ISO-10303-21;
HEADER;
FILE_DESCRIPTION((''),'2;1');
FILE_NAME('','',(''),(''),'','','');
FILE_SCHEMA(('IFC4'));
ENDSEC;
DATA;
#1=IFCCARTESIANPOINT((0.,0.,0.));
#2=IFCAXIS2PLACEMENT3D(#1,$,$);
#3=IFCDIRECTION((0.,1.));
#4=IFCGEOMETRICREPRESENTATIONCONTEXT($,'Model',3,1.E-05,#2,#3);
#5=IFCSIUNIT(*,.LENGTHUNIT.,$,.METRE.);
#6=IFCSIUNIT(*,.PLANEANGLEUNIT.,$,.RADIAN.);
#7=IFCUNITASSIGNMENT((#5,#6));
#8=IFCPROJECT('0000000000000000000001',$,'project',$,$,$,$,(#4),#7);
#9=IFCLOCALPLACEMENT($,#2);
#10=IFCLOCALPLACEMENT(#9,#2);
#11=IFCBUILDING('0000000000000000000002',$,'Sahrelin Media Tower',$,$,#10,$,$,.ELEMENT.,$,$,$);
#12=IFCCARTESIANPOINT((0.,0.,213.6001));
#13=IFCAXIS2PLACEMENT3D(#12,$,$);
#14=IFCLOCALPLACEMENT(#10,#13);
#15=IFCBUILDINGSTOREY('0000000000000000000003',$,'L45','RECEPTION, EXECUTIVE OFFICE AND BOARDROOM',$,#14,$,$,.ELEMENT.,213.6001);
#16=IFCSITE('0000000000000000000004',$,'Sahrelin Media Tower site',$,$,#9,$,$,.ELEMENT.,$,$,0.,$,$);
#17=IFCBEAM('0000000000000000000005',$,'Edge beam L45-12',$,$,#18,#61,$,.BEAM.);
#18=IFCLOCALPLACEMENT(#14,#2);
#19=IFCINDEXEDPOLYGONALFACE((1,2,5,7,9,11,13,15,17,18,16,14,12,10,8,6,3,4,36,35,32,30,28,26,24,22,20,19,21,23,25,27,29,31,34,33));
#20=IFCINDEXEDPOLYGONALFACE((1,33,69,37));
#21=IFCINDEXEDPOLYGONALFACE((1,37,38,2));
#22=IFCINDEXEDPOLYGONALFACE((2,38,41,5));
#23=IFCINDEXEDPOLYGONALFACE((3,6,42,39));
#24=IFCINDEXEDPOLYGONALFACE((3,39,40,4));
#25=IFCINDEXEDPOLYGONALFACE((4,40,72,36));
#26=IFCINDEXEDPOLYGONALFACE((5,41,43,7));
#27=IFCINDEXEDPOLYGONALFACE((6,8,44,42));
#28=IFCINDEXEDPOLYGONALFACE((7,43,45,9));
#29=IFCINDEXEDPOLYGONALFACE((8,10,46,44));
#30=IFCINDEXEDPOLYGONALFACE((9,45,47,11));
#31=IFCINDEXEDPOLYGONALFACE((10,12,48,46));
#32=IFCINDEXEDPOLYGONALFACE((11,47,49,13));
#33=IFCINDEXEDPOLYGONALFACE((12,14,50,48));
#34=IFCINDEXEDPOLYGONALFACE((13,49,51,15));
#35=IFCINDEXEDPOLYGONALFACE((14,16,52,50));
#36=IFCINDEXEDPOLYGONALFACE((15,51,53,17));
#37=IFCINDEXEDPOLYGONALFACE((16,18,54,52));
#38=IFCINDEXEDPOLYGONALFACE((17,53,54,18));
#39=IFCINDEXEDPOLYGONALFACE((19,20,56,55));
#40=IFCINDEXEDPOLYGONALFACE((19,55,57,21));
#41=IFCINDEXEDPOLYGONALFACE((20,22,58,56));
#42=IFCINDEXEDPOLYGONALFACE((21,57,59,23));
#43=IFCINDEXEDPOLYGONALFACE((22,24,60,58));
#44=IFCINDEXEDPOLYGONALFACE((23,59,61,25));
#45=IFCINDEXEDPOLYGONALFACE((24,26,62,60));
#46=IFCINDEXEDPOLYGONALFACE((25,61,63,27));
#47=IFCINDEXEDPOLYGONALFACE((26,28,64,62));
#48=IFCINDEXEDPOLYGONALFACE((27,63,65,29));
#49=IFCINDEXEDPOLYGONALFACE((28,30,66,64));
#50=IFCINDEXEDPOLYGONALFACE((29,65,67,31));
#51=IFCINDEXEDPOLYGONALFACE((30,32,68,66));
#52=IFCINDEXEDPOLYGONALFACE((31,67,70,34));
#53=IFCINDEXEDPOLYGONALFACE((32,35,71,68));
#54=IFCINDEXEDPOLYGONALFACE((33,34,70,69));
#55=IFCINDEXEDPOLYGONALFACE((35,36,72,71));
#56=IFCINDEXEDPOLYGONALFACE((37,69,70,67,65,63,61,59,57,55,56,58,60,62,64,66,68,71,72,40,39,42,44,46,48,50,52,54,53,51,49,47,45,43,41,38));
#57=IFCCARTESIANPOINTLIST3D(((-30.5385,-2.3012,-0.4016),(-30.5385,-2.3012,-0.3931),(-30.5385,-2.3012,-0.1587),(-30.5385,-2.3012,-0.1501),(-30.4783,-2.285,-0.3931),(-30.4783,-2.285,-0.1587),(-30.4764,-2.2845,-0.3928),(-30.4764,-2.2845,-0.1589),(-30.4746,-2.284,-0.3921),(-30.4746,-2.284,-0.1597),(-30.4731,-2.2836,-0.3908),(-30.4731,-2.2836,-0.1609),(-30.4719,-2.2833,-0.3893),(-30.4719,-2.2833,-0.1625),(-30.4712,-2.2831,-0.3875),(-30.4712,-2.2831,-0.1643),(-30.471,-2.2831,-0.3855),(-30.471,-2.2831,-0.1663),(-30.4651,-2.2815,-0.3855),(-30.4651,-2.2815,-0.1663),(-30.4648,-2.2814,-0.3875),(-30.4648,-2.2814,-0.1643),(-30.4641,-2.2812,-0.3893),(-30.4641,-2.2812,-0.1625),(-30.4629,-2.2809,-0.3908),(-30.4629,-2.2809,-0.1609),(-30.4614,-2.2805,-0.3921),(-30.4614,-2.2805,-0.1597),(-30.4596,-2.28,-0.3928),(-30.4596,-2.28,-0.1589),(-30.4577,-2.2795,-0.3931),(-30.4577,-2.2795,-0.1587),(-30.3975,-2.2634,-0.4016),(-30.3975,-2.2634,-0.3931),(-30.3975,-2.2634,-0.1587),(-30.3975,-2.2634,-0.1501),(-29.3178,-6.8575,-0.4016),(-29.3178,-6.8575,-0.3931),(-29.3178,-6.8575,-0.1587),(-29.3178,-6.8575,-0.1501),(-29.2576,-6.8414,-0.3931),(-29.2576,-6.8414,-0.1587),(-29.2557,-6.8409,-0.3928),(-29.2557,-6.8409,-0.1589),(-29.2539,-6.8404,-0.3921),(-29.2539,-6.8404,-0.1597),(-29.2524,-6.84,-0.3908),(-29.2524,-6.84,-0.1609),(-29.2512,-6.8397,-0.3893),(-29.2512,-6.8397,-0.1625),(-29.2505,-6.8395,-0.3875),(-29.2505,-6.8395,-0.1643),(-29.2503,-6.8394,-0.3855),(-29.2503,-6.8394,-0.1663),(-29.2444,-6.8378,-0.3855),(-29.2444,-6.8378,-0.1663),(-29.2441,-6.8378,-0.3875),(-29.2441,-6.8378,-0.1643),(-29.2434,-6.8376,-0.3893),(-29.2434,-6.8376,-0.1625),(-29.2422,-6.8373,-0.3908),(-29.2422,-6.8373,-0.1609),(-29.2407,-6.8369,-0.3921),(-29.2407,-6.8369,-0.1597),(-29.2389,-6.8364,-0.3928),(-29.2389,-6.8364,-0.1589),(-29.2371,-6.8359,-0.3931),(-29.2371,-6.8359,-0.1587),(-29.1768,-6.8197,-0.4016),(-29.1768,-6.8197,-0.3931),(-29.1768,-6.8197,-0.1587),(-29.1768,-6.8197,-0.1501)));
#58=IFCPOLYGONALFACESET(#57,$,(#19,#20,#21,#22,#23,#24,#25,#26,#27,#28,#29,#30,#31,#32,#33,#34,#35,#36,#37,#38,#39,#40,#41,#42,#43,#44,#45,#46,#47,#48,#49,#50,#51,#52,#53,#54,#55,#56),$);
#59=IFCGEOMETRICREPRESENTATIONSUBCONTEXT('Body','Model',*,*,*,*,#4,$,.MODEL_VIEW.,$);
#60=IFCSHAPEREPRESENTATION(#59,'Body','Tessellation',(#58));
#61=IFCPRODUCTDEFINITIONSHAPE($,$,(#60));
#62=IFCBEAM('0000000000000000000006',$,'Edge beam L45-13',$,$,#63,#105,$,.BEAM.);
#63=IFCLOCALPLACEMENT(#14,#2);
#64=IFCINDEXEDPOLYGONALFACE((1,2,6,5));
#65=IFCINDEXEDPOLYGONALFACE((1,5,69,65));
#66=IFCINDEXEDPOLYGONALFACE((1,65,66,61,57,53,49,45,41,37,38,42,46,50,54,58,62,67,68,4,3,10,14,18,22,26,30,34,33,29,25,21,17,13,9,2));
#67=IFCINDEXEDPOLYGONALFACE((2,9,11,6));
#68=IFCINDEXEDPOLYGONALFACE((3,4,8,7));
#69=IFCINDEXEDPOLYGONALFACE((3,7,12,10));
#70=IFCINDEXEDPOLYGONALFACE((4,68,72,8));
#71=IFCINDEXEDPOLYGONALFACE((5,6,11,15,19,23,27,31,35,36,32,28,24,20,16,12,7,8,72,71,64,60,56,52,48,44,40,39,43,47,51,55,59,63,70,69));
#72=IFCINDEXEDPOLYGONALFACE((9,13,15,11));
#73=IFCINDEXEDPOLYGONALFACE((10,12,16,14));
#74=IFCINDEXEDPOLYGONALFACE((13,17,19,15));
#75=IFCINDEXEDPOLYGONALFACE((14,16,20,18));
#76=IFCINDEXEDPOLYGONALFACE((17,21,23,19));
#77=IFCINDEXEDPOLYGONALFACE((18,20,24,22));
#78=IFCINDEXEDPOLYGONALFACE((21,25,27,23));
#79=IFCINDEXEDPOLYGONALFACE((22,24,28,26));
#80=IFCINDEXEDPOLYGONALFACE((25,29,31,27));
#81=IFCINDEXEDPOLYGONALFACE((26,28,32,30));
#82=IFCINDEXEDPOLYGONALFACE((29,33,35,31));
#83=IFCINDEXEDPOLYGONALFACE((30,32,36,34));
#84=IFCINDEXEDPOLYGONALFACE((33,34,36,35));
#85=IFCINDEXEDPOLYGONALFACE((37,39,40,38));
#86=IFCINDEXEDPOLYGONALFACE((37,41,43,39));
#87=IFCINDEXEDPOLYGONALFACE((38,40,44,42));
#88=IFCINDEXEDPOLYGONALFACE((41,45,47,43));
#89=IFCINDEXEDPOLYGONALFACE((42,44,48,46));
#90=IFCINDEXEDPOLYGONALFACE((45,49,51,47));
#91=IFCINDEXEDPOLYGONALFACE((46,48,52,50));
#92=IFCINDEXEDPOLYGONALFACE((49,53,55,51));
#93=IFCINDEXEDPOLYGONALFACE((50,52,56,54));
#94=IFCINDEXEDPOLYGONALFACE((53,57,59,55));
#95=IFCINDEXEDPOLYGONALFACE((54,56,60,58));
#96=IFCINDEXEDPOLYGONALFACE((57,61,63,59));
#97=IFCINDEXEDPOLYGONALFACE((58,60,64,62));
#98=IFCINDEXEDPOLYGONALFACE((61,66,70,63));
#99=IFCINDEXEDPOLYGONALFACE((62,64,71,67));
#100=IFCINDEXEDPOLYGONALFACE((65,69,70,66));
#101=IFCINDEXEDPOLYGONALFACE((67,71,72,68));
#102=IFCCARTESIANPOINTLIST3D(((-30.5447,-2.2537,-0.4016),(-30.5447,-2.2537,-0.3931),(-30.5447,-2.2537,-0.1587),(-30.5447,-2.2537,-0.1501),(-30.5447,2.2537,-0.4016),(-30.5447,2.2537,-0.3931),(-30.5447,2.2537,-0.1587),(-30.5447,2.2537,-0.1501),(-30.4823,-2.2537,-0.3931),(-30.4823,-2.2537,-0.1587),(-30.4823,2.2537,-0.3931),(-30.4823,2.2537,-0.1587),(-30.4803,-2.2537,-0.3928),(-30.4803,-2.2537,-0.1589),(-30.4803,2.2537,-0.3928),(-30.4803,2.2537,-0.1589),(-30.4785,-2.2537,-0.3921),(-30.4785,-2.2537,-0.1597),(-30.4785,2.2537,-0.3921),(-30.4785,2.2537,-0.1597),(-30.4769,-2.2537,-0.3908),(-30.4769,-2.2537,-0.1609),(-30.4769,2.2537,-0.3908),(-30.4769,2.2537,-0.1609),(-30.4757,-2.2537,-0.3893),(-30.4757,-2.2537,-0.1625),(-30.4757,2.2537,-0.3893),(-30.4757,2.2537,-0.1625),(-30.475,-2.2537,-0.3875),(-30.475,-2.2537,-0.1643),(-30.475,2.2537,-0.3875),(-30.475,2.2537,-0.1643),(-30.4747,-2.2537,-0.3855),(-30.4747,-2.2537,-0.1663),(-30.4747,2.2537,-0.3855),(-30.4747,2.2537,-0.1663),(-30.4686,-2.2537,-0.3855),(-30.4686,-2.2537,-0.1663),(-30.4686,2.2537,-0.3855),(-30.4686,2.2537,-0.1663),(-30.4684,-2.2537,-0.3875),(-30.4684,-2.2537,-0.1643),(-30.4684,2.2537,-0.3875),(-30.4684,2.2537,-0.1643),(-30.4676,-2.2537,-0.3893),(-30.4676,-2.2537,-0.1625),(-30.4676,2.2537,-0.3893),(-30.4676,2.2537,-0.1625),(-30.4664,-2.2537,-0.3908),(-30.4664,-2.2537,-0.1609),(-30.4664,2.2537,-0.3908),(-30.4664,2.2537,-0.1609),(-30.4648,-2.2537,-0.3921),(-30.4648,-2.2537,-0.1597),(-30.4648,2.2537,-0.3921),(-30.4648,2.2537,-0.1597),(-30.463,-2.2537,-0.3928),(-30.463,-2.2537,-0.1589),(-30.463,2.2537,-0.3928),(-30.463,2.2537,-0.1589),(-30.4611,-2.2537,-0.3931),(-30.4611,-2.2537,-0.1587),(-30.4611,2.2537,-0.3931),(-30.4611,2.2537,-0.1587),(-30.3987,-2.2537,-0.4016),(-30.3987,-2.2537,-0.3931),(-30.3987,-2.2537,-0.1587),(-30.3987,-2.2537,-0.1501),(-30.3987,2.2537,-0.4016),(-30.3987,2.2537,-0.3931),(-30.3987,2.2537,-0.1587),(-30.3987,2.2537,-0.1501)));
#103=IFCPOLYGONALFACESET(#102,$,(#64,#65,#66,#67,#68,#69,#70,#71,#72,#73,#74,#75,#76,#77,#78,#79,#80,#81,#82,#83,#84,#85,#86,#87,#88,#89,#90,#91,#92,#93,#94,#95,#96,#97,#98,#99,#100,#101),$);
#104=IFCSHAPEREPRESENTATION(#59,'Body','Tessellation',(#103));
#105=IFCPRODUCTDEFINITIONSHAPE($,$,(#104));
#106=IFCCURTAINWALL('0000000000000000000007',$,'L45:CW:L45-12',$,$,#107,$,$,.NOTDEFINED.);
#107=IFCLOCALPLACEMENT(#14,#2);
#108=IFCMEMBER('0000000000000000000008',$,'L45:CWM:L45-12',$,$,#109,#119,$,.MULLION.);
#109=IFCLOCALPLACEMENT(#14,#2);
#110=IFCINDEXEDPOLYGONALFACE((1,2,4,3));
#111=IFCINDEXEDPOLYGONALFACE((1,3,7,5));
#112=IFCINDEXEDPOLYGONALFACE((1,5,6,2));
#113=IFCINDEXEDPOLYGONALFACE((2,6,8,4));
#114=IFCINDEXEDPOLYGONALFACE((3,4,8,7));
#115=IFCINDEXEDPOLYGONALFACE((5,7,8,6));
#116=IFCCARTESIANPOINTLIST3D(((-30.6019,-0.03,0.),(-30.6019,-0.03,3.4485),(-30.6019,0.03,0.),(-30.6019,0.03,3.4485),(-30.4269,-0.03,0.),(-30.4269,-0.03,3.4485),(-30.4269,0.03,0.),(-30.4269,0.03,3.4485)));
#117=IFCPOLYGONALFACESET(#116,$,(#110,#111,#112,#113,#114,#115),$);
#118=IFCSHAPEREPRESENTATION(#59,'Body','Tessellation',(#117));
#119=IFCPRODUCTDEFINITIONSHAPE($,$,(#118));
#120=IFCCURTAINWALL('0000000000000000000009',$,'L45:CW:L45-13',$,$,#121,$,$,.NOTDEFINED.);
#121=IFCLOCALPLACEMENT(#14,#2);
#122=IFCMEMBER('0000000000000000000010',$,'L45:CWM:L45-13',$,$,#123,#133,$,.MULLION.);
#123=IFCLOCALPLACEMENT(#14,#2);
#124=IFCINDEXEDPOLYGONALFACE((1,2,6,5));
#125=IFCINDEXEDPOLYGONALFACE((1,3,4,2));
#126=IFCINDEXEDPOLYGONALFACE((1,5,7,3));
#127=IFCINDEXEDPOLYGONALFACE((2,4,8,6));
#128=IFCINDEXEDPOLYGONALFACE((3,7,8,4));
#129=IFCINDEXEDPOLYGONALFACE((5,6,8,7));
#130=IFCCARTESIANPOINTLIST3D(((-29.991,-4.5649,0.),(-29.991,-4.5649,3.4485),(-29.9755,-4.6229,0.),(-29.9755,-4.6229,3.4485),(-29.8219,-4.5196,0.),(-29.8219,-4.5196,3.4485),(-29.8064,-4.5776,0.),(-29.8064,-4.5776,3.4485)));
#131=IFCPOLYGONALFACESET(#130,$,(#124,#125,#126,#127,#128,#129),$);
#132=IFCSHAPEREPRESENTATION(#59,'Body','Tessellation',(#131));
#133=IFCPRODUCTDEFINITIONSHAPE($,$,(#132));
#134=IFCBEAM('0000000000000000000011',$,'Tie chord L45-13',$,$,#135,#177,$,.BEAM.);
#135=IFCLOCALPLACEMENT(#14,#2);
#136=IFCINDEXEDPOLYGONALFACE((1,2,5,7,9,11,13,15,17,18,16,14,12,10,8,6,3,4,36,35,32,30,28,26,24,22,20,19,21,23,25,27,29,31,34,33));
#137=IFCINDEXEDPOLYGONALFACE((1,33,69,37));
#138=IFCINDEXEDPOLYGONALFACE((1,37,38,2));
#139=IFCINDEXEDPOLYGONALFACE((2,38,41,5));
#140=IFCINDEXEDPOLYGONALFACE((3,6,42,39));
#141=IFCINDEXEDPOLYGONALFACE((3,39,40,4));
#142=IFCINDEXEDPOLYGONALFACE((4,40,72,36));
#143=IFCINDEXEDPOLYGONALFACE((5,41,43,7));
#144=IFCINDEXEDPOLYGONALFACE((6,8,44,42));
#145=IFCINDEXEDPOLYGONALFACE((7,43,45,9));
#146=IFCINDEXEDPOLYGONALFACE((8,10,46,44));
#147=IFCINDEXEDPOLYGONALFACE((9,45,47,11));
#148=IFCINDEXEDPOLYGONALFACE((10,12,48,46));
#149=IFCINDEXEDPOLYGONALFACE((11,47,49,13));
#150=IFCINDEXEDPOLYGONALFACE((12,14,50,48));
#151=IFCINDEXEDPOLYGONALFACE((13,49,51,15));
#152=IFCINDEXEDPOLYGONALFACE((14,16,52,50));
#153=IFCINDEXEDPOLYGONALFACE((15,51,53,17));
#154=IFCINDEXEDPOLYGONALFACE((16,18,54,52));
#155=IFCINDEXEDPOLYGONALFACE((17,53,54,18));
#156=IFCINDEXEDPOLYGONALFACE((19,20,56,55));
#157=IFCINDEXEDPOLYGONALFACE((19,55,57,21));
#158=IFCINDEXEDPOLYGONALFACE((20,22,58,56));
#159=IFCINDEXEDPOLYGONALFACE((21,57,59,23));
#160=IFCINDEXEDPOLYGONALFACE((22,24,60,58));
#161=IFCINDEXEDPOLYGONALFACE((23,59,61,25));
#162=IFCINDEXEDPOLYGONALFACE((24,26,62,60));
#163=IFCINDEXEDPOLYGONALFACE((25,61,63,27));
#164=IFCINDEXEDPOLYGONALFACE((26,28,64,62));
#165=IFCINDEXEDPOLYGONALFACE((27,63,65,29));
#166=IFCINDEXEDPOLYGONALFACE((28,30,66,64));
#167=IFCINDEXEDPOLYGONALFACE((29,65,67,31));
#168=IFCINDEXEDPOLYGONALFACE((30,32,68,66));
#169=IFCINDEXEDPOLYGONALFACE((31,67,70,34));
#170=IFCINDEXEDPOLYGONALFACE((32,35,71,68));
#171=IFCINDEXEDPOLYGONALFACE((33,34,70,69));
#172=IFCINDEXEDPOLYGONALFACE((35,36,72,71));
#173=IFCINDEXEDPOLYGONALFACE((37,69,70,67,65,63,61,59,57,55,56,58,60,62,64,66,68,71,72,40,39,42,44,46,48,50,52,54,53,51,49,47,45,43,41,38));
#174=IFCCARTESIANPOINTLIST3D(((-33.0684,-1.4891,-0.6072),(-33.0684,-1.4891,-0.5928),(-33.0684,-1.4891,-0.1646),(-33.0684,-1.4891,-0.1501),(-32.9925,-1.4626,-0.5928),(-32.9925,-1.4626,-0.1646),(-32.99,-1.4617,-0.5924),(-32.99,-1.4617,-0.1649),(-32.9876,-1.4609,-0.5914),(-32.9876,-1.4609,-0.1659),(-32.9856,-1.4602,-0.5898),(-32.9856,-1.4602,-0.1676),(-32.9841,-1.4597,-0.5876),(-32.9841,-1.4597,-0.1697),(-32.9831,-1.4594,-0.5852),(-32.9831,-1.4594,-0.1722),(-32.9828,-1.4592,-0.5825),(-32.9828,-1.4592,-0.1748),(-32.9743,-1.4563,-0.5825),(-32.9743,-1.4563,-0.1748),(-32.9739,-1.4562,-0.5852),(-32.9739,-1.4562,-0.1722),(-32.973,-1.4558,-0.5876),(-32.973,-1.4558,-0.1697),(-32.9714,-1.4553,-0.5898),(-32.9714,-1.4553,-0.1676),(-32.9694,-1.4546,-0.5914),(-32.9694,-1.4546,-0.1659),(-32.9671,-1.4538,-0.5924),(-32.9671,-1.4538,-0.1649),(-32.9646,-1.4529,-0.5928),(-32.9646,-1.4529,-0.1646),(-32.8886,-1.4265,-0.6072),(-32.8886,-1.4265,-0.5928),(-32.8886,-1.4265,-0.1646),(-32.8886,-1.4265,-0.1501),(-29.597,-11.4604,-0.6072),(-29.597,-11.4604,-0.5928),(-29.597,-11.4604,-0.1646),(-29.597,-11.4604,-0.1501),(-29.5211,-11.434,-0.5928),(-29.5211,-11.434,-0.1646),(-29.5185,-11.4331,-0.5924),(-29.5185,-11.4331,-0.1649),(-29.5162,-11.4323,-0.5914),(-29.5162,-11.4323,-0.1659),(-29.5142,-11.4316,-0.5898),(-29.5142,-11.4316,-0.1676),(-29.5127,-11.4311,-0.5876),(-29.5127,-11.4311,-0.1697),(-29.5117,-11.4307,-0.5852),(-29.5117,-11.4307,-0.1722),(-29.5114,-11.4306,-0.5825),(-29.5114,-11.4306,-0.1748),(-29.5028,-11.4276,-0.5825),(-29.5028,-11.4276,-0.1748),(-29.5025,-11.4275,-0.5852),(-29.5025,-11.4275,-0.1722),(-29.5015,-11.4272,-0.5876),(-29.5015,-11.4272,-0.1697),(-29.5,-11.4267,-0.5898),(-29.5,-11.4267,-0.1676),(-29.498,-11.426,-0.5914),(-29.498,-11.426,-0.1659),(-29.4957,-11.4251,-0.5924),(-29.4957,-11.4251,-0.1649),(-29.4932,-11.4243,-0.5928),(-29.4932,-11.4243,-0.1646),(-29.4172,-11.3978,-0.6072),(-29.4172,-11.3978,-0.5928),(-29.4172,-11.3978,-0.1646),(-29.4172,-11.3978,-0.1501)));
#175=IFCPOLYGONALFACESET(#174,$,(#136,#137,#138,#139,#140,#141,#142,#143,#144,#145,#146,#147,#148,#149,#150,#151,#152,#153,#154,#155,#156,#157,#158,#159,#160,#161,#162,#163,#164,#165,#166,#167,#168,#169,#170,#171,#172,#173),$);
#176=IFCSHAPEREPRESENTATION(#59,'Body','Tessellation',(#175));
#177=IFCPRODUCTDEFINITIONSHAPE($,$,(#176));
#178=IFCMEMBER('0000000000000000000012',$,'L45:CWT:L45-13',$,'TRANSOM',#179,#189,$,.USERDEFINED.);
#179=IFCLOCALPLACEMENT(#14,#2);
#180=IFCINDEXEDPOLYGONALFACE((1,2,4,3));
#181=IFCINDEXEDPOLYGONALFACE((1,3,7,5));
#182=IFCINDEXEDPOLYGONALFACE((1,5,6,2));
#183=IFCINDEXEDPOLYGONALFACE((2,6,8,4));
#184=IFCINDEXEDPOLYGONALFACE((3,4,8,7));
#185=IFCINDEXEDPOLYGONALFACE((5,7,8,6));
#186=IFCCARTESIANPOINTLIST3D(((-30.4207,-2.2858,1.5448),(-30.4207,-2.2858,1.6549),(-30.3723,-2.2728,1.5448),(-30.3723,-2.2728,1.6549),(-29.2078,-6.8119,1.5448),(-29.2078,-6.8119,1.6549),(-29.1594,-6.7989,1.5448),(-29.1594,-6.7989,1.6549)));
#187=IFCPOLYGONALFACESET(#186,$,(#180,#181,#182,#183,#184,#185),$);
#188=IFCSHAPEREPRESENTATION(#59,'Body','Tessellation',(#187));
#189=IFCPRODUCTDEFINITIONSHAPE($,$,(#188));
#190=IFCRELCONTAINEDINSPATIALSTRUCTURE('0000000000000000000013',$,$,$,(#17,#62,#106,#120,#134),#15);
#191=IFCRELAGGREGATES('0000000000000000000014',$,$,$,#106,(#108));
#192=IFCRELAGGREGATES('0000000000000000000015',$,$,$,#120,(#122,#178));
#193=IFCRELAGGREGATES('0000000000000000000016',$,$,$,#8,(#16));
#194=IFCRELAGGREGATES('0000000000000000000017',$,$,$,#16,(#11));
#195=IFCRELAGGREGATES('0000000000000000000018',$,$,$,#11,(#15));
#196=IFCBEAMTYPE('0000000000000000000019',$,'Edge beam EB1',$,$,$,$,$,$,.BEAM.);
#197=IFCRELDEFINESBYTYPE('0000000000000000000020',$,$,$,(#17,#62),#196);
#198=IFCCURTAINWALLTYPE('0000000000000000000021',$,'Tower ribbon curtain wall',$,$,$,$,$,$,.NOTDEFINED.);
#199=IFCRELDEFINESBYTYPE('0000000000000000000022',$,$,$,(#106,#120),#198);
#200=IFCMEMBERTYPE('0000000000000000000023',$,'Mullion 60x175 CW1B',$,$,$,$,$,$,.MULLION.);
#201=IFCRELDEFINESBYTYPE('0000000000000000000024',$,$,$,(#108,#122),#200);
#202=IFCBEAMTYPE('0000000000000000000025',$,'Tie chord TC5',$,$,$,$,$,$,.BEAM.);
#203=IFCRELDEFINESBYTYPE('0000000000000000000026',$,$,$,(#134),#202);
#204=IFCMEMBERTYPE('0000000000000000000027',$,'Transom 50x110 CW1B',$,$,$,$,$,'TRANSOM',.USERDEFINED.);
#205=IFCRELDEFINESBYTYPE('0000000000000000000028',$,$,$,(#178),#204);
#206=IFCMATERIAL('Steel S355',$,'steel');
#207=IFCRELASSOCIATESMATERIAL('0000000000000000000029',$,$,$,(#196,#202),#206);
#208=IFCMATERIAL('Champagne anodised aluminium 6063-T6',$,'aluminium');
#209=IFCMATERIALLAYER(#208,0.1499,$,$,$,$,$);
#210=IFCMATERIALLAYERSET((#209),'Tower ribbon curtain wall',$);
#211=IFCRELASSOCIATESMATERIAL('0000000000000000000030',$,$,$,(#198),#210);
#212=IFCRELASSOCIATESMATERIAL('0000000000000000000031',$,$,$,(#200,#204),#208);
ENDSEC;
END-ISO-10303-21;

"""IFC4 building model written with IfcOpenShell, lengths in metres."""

from ifc_helpers import new_model, si_unit, direction, frame, origin, origin_2d, place, context, subcontext, project, spatial, rectangle, i_section, extrude, material, layer, layer_set, material_profile, profile_set, type_object, element, aggregate, save


model = new_model("IFC4")

# Units and contexts
model_context = context("Model", 3, precision=1e-05, world=origin(), true_north=direction((0.0, 1.0)))
body_context = subcontext(model_context, "Body", "Model", "MODEL_VIEW")
ifc_project = project(units=[si_unit("LENGTHUNIT", "METRE"), si_unit("PLANEANGLEUNIT", "RADIAN")], contexts=[model_context])

# Site, building, storey
site_placement = place(None, origin())
site = spatial("IfcSite", under=ifc_project, at=site_placement, Name="Sahrelin Media Tower site", CompositionType="ELEMENT", RefElevation=0.0)
building_placement = place(site_placement, origin())
building = spatial("IfcBuilding", under=site, at=building_placement, Name="Sahrelin Media Tower", CompositionType="ELEMENT")
storey_placement = place(building_placement, frame((0.0, 0.0, 213.6001)))
storey = spatial("IfcBuildingStorey", under=building, at=storey_placement, Name="L45", Description="RECEPTION, EXECUTIVE OFFICE AND BOARDROOM", CompositionType="ELEMENT", Elevation=213.6001)

# Beams
ifc_material_1 = material(Name="Steel S355", Category="steel")
ifc_material_profile_1 = material_profile(ifc_material_1, i_section(OverallWidth=0.146, OverallDepth=0.2515, WebThickness=0.0061, FlangeThickness=0.0085, FilletRadius=0.0076, at=origin_2d()), Name="UB 254x146x31")
ifc_profile_set_1 = profile_set([ifc_material_profile_1], Name="Steel S355")
beam_type_1 = type_object("IfcBeamType", Name="Edge beam EB1", PredefinedType="BEAM", material=ifc_profile_set_1)
beam_1_placement = place(storey_placement, frame((-29.2473, -6.8386, -0.2759), z_axis=(-0.258784, 0.965935, 0.0), x_axis=(-0.965935, -0.258784, 0.0)))
element("IfcBeam", 1, at=beam_1_placement, inside=storey, type_object=beam_type_1, Name="Edge beam L45-12", PredefinedType="BEAM", context=body_context, shape_type="SweptSolid", body=[
    extrude(i_section(OverallWidth=0.146, OverallDepth=0.2515, WebThickness=0.0061, FlangeThickness=0.0085, FilletRadius=0.0076, at=origin_2d()), origin(), (0.0, 0.0, 1.0), 4.717),
])
beam_2_placement = place(storey_placement, frame((-30.4717, -2.2537, -0.2759), z_axis=(0.0, 1.0, 0.0), x_axis=(-1.0, 0.0, 0.0)))
element("IfcBeam", 2, at=beam_2_placement, inside=storey, type_object=beam_type_1, Name="Edge beam L45-13", PredefinedType="BEAM", context=body_context, shape_type="SweptSolid", body=[
    extrude(i_section(OverallWidth=0.146, OverallDepth=0.2515, WebThickness=0.0061, FlangeThickness=0.0085, FilletRadius=0.0076, at=origin_2d()), origin(), (0.0, 0.0, 1.0), 4.5073),
])

# Curtain walls, members
ifc_material_2 = material(Name="Champagne anodised aluminium 6063-T6", Category="aluminium")
ifc_layer_1 = layer(ifc_material_2, 0.1499)
ifc_layer_set_1 = layer_set([ifc_layer_1], Name="Tower ribbon curtain wall")
curtain_wall_type = type_object("IfcCurtainWallType", Name="Tower ribbon curtain wall", PredefinedType="NOTDEFINED", material=ifc_layer_set_1)
curtain_wall_1_placement = place(storey_placement, frame((-30.6218, 0.0, 0.0), z_axis=(0.0, 0.0, 1.0), x_axis=(1.0, 0.0, 0.0)))
curtain_wall_1 = element("IfcCurtainWall", 3, at=curtain_wall_1_placement, inside=storey, type_object=curtain_wall_type, Name="L45:CW:L45-12", PredefinedType="NOTDEFINED")
ifc_material_profile_2 = material_profile(ifc_material_2, rectangle(XDim=0.0601, YDim=0.175, at=origin_2d()), Name="Mullion 60x175")
ifc_profile_set_2 = profile_set([ifc_material_profile_2], Name="Champagne anodised aluminium 6063-T6")
member_type_1 = type_object("IfcMemberType", Name="Mullion 60x175 CW1B", PredefinedType="MULLION", material=ifc_profile_set_2)
member_1_placement = place(storey_placement, frame((-30.5144, 0.0, 0.0), z_axis=(0.0, 0.0, 1.0), x_axis=(0.0, -1.0, 0.0)))
member_1 = element("IfcMember", 4, at=member_1_placement, type_object=member_type_1, Name="L45:CWM:L45-12", PredefinedType="MULLION", context=body_context, shape_type="SweptSolid", body=[
    extrude(rectangle(XDim=0.0601, YDim=0.175, at=origin_2d()), origin(), (0.0, 0.0, 1.0), 3.4485),
])
aggregate(curtain_wall_1, [member_1])
curtain_wall_2_placement = place(storey_placement, frame((-30.0024, -4.5994, 0.0), z_axis=(0.0, 0.0, 1.0), x_axis=(1.0, 0.0, 0.0)))
curtain_wall_2 = element("IfcCurtainWall", 5, at=curtain_wall_2_placement, inside=storey, type_object=curtain_wall_type, Name="L45:CW:L45-13", PredefinedType="NOTDEFINED")
member_2_placement = place(storey_placement, frame((-29.8987, -4.5713, 0.0), z_axis=(0.0, 0.0, 1.0), x_axis=(0.258821, -0.965925, 0.0)))
member_2 = element("IfcMember", 6, at=member_2_placement, type_object=member_type_1, Name="L45:CWM:L45-13", PredefinedType="MULLION", context=body_context, shape_type="SweptSolid", body=[
    extrude(rectangle(XDim=0.0601, YDim=0.175, at=origin_2d()), origin(), (0.0, 0.0, 1.0), 3.4485),
])

# Beam
ifc_material_profile_3 = material_profile(ifc_material_1, i_section(OverallWidth=0.1904, OverallDepth=0.457, WebThickness=0.009, FlangeThickness=0.0144, FilletRadius=0.0103, at=origin_2d()), Name="UB 457x191x74")
ifc_profile_set_3 = profile_set([ifc_material_profile_3], Name="Steel S355")
beam_type_2 = type_object("IfcBeamType", Name="Tie chord TC5", PredefinedType="BEAM", material=ifc_profile_set_3)
beam_3_placement = place(storey_placement, frame((-32.9785, -1.4578, -0.3787), z_axis=(0.328783, -0.944405, 0.0), x_axis=(0.944405, 0.328783, 0.0)))
element("IfcBeam", 7, at=beam_3_placement, inside=storey, type_object=beam_type_2, Name="Tie chord L45-13", PredefinedType="BEAM", context=body_context, shape_type="SweptSolid", body=[
    extrude(i_section(OverallWidth=0.1904, OverallDepth=0.457, WebThickness=0.009, FlangeThickness=0.0144, FilletRadius=0.0103, at=origin_2d()), origin(), (0.0, 0.0, 1.0), 10.5583),
])

# Member
ifc_material_profile_4 = material_profile(ifc_material_2, rectangle(XDim=0.05, YDim=0.1101, at=origin_2d()), Name="Transom 50x110")
ifc_profile_set_4 = profile_set([ifc_material_profile_4], Name="Champagne anodised aluminium 6063-T6")
member_type_2 = type_object("IfcMemberType", Name="Transom 50x110 CW1B", ElementType="TRANSOM", PredefinedType="USERDEFINED", material=ifc_profile_set_4)
member_3_placement = place(storey_placement, frame((-30.3965, -2.2793, 1.5999), z_axis=(0.258843, -0.965919, 0.0), x_axis=(0.965919, 0.258843, 0.0)))
member_3 = element("IfcMember", 8, at=member_3_placement, type_object=member_type_2, Name="L45:CWT:L45-13", ObjectType="TRANSOM", PredefinedType="USERDEFINED", context=body_context, shape_type="SweptSolid", body=[
    extrude(rectangle(XDim=0.05, YDim=0.1101, at=origin_2d()), origin(), (0.0, 0.0, 1.0), 4.6858),
])

aggregate(curtain_wall_2, [member_2, member_3])

save(model, "model.ifc")
